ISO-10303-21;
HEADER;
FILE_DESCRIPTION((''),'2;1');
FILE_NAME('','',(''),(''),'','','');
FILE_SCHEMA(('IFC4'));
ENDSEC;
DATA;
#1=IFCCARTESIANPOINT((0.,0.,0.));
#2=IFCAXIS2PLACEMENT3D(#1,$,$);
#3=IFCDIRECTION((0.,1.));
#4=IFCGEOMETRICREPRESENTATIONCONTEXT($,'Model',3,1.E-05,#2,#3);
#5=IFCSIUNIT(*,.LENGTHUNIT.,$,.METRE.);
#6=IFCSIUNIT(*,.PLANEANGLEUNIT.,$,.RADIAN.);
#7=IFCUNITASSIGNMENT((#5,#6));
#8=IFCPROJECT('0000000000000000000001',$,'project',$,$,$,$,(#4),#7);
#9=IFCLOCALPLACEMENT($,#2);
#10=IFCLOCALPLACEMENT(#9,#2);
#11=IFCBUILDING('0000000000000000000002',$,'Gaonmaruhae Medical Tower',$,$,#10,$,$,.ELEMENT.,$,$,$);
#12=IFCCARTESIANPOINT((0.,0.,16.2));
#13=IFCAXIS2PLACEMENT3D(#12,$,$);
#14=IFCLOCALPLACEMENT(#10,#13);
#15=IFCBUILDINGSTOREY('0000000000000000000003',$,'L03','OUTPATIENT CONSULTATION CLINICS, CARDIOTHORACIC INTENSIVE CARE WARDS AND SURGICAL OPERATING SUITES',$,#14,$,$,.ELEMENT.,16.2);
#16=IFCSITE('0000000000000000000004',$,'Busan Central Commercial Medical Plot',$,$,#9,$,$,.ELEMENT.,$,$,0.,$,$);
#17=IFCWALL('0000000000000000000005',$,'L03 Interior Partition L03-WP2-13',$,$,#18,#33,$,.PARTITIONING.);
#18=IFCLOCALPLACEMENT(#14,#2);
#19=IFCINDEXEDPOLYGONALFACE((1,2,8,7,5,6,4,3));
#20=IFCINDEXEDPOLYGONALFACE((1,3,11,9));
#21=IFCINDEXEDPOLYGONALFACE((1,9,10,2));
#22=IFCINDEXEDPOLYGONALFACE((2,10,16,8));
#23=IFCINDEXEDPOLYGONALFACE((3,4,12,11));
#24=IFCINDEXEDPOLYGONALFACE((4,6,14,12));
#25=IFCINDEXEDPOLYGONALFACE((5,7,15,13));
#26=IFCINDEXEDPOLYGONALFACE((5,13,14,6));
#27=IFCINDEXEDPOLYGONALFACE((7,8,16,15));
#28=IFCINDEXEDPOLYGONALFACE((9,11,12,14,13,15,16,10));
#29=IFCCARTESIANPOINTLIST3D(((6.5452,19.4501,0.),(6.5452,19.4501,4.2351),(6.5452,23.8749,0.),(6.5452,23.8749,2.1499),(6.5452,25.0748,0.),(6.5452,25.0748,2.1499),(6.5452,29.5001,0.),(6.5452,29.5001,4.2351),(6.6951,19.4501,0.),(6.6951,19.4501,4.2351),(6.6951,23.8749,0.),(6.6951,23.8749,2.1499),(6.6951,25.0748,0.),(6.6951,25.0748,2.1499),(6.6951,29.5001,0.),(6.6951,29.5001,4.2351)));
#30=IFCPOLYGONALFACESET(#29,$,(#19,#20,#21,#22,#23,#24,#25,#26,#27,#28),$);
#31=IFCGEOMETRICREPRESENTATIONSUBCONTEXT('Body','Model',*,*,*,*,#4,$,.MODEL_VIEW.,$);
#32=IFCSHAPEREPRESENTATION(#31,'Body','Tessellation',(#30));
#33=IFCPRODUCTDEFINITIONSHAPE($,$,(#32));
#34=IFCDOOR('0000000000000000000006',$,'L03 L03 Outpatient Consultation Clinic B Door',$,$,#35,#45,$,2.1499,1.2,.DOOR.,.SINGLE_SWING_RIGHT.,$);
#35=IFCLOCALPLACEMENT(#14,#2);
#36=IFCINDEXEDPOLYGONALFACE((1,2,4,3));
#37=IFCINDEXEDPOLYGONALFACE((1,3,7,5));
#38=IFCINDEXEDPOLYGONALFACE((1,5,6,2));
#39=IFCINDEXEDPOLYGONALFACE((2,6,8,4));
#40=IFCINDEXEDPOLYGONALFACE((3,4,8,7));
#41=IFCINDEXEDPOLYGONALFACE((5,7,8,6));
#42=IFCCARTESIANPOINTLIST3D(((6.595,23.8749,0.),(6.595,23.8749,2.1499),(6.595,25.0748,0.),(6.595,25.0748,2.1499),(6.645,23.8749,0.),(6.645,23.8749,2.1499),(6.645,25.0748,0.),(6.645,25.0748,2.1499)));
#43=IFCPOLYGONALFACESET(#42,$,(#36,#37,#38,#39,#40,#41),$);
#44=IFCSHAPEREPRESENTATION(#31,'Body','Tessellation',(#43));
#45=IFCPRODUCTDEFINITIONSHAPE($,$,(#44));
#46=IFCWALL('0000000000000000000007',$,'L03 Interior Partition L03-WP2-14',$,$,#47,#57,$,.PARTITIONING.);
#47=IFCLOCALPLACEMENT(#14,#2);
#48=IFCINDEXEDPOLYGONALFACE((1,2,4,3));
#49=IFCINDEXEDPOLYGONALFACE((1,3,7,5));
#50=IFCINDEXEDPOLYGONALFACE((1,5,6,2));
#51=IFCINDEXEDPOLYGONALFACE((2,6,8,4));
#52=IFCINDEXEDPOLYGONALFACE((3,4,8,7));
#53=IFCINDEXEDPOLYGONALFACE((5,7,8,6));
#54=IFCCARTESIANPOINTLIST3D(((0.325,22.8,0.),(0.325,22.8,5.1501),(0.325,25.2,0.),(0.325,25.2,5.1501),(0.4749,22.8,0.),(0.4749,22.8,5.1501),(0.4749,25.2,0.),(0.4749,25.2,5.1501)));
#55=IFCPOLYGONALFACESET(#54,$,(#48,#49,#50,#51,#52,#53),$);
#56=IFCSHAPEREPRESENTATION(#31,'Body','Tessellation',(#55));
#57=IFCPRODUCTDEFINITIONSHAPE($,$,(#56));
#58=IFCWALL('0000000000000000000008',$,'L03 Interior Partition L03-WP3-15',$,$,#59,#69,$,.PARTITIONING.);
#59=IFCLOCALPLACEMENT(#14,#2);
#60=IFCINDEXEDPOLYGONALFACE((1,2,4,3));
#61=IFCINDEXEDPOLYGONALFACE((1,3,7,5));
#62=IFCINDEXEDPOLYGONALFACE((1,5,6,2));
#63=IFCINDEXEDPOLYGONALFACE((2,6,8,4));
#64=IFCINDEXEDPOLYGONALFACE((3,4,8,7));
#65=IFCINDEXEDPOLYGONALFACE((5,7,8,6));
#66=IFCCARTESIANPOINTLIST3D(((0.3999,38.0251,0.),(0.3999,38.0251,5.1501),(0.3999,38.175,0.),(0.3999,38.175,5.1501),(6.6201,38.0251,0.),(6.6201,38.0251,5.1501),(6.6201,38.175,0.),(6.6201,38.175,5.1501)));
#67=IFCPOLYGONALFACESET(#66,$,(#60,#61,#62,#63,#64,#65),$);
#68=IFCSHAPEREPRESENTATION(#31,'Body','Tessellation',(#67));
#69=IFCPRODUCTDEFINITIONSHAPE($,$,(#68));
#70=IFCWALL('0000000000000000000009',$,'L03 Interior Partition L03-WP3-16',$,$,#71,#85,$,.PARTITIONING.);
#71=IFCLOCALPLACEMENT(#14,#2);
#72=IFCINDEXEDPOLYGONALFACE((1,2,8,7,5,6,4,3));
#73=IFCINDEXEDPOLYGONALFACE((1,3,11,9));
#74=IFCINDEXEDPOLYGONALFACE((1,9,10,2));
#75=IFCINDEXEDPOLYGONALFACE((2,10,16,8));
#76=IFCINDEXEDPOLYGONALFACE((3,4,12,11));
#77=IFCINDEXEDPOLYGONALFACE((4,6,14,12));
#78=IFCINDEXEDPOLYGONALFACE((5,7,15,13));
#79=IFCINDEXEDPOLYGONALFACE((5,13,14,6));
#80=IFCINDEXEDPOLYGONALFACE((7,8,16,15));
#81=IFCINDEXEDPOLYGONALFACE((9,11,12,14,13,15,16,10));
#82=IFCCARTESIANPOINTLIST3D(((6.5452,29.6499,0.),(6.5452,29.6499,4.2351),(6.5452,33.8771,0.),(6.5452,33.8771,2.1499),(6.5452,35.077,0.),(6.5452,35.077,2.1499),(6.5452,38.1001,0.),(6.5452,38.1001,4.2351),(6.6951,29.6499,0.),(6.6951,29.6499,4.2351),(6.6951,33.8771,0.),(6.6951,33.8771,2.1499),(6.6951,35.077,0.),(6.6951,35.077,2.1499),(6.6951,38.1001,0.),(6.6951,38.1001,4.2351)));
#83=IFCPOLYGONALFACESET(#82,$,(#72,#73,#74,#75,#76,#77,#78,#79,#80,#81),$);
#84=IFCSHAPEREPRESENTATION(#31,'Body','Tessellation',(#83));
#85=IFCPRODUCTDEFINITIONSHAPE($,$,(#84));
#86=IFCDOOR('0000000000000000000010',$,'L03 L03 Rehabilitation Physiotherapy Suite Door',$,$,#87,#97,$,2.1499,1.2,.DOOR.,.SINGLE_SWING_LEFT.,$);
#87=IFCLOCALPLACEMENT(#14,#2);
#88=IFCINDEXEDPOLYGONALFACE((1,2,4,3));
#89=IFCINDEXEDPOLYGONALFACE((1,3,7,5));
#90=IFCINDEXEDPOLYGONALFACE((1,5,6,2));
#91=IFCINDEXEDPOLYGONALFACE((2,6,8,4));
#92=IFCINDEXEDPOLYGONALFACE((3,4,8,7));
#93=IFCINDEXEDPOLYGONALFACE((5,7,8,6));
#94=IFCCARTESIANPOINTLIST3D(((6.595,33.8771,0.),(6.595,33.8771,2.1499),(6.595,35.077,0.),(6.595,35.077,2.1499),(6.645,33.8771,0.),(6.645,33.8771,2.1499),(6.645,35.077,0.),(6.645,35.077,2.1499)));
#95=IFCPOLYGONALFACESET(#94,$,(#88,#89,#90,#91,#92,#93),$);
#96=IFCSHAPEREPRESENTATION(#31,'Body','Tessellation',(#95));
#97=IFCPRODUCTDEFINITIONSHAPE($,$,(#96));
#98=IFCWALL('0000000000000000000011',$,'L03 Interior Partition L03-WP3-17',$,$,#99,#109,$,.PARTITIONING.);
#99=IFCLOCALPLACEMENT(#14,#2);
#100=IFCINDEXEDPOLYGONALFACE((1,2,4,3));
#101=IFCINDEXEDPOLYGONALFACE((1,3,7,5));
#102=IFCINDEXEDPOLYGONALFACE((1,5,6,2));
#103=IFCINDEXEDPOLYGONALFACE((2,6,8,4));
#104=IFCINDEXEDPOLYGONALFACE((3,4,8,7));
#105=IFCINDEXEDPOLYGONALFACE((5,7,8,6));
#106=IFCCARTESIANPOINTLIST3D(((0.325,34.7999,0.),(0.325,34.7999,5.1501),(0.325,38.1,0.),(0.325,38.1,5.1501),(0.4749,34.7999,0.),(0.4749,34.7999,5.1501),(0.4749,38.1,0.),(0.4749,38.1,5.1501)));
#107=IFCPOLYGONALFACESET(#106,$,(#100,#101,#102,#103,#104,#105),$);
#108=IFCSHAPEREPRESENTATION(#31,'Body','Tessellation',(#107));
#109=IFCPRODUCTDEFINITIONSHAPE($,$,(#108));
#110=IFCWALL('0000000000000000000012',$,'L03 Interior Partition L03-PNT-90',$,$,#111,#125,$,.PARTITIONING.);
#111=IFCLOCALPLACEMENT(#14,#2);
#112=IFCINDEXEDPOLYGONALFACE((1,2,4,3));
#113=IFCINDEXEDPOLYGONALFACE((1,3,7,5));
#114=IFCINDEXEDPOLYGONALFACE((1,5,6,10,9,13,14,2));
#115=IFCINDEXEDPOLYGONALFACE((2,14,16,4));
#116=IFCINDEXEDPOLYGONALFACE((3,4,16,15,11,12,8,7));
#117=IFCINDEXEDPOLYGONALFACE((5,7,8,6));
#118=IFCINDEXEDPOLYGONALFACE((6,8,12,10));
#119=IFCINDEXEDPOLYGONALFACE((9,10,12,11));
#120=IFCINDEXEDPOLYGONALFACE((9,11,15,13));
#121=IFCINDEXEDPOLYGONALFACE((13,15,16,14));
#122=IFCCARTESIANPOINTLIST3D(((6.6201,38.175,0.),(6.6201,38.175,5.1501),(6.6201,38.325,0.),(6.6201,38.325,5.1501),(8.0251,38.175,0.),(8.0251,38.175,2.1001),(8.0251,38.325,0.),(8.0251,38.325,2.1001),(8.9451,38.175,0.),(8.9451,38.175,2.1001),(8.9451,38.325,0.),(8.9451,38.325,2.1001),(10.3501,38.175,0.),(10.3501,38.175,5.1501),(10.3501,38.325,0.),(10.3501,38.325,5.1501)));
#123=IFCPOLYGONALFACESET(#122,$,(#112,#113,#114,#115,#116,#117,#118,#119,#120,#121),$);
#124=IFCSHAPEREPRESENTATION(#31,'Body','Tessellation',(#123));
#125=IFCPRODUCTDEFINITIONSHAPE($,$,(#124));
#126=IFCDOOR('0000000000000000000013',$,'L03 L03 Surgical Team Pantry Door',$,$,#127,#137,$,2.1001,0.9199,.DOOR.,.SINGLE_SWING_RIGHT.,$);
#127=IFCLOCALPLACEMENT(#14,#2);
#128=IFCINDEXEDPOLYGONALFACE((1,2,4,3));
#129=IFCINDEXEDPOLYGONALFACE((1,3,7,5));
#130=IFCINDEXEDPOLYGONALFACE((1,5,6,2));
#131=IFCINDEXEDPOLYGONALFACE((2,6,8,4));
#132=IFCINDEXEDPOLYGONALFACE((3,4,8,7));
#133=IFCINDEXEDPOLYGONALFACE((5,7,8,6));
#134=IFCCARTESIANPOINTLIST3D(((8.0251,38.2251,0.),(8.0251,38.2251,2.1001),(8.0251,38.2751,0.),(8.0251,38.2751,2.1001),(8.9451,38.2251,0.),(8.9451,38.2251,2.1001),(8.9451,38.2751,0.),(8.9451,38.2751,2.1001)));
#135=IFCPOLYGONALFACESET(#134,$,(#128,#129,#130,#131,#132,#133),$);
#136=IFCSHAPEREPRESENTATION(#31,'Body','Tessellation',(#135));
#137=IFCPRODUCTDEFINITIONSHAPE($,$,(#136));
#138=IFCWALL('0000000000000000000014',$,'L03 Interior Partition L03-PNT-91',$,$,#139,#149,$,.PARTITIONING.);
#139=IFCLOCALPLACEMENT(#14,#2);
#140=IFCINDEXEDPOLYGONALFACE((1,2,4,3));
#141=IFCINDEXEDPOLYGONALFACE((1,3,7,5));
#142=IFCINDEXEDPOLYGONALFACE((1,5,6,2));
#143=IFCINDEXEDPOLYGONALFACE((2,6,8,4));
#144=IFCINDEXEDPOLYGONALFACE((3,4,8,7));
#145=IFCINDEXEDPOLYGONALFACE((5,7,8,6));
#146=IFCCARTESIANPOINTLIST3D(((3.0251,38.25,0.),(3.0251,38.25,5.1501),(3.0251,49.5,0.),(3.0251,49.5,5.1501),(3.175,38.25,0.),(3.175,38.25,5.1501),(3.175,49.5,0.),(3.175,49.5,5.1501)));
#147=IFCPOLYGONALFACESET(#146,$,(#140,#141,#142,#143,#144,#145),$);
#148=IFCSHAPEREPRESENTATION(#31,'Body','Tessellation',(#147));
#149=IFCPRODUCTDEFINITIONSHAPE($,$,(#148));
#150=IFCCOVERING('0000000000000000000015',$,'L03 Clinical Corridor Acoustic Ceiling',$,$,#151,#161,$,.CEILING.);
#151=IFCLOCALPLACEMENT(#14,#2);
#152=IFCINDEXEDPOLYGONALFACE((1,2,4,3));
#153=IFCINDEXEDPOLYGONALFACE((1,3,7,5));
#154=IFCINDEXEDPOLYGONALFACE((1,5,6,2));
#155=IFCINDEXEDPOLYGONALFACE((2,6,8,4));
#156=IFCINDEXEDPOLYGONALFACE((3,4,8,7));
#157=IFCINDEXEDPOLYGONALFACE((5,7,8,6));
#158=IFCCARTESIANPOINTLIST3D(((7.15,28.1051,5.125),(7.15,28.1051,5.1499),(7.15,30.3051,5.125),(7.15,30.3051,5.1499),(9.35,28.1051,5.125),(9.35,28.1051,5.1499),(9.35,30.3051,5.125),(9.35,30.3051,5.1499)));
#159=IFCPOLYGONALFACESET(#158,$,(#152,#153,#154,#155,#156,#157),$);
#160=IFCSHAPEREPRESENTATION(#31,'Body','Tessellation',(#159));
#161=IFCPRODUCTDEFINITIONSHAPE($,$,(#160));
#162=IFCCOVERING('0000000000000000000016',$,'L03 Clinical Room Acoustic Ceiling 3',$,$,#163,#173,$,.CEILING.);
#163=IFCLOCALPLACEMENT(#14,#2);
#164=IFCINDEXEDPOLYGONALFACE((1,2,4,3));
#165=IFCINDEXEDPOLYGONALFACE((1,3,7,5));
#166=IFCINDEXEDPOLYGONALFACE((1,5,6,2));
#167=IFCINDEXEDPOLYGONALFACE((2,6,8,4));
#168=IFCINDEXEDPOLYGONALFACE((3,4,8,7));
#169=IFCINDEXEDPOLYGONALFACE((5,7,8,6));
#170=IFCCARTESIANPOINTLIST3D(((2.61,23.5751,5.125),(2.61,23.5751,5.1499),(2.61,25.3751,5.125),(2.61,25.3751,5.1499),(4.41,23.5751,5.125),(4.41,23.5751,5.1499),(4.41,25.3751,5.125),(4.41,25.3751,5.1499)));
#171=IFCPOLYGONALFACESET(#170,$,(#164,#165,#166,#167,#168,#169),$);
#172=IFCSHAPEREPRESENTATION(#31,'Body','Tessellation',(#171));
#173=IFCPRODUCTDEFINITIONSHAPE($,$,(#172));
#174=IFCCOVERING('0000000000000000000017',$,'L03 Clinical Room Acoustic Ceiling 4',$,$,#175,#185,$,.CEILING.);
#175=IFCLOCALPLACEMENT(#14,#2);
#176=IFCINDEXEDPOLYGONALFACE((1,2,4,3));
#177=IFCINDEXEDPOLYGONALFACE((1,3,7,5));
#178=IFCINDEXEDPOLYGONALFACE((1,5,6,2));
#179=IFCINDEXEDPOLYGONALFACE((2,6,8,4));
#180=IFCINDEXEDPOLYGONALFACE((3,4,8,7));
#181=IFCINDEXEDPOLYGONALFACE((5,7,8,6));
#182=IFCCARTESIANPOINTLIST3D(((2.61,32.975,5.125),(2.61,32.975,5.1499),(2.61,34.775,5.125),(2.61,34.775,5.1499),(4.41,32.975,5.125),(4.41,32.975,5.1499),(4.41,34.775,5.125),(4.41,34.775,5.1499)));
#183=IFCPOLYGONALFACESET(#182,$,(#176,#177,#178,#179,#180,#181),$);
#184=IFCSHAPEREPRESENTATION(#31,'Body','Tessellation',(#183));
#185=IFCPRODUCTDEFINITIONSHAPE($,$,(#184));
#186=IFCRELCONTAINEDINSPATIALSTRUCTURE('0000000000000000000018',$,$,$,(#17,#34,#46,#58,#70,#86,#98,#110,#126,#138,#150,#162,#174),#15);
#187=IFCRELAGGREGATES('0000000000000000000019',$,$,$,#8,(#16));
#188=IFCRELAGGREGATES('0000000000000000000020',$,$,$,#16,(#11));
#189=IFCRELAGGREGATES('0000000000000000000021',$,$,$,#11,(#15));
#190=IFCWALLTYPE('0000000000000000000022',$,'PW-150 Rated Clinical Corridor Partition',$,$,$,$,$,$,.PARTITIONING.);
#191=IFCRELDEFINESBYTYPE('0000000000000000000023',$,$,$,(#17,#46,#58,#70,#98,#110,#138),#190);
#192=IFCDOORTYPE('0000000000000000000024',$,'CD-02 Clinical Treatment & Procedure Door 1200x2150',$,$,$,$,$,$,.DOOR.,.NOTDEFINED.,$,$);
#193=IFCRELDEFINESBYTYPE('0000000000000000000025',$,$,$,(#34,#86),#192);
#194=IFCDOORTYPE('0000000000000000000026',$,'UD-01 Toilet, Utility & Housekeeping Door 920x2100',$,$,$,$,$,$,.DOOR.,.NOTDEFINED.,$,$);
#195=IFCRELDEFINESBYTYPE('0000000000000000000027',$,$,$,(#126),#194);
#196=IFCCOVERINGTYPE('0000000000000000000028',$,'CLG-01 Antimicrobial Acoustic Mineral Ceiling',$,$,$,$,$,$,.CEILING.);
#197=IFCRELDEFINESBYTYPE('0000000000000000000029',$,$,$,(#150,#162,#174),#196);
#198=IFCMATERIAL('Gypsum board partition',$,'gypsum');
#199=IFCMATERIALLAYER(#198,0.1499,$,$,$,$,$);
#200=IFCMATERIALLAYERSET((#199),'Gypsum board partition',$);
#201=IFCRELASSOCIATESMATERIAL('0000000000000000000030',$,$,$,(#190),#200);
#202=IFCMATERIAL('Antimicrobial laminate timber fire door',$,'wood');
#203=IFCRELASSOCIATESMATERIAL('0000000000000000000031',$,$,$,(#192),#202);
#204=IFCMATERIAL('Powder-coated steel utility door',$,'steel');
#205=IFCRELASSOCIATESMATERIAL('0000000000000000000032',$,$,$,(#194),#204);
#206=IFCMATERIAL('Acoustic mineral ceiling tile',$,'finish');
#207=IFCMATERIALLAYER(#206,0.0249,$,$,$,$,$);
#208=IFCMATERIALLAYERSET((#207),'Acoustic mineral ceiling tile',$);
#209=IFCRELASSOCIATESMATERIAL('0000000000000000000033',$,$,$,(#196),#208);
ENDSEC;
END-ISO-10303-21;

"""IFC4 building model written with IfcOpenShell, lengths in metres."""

from ifc_helpers import new_model, si_unit, direction, frame, frame_2d, origin, origin_2d, place, context, subcontext, project, spatial, rectangle, extrude, material, layer, layer_set, type_object, element, fill, save


model = new_model("IFC4")

# Units and contexts
model_context = context("Model", 3, precision=1e-05, world=origin(), true_north=direction((0.0, 1.0)))
body_context = subcontext(model_context, "Body", "Model", "MODEL_VIEW")
ifc_project = project(units=[si_unit("LENGTHUNIT", "METRE"), si_unit("PLANEANGLEUNIT", "RADIAN")], contexts=[model_context])

# Site, building, storey
site_placement = place(None, origin())
site = spatial("IfcSite", under=ifc_project, at=site_placement, Name="Busan Central Commercial Medical Plot", CompositionType="ELEMENT", RefElevation=0.0)
building_placement = place(site_placement, origin())
building = spatial("IfcBuilding", under=site, at=building_placement, Name="Gaonmaruhae Medical Tower", CompositionType="ELEMENT")
storey_placement = place(building_placement, frame((0.0, 0.0, 16.2)))
storey = spatial("IfcBuildingStorey", under=building, at=storey_placement, Name="L03", Description="OUTPATIENT CONSULTATION CLINICS, CARDIOTHORACIC INTENSIVE CARE WARDS AND SURGICAL OPERATING SUITES", CompositionType="ELEMENT", Elevation=16.2)

# Shared definitions
ifc_material_1 = material(Name="Gypsum board partition", Category="gypsum")
ifc_layer_1 = layer(ifc_material_1, 0.1499)
ifc_layer_set_1 = layer_set([ifc_layer_1], Name="Gypsum board partition")
wall_type_1 = type_object("IfcWallType", Name="PW-150 Rated Clinical Corridor Partition", PredefinedType="PARTITIONING", material=ifc_layer_set_1)

# Shared definitions
ifc_material_2 = material(Name="Antimicrobial laminate timber fire door", Category="wood")
door_type_1 = type_object("IfcDoorType", Name="CD-02 Clinical Treatment & Procedure Door 1200x2150", OperationType="NOTDEFINED", PredefinedType="DOOR", material=ifc_material_2)

# Wall, opening, door
wall_1_placement = place(storey_placement, frame((6.6201, 29.5, 0.0), z_axis=(0.0, 0.0, 1.0), x_axis=(0.0, -1.0, 0.0)))
wall_1 = element("IfcWall", 1, at=wall_1_placement, inside=storey, type_object=wall_type_1, Name="L03 Interior Partition L03-WP2-13", PredefinedType="PARTITIONING", context=body_context, shape_type="SweptSolid", body=[
    extrude(rectangle(XDim=10.05, YDim=0.1499, at=frame_2d((5.0249, 0.0))), origin(), (0.0, 0.0, 1.0), 4.2351),
])
opening_1_placement = place(wall_1_placement, frame((4.425, 0.0, 0.0)))
opening_1 = element("IfcOpeningElement", 2, at=opening_1_placement, cuts=wall_1, PredefinedType="OPENING", context=body_context, shape_type="SweptSolid", body=[
    extrude(rectangle(XDim=1.2, YDim=2.1499, at=frame_2d((0.6001, 1.075))), frame((0.0, 0.085, 0.0), z_axis=(0.0, -1.0, 0.0), x_axis=(1.0, 0.0, 0.0)), (0.0, 0.0, 1.0), 0.1699),
])
door_1_placement = place(opening_1_placement, origin())
door_1 = element("IfcDoor", 3, at=door_1_placement, inside=storey, type_object=door_type_1, Name="L03 L03 Outpatient Consultation Clinic B Door", OperationType="SINGLE_SWING_RIGHT", OverallHeight=2.1499, OverallWidth=1.2, PredefinedType="DOOR", context=body_context, shape_type="SweptSolid", body=[
    extrude(rectangle(XDim=1.2, YDim=2.1499, at=frame_2d((0.6001, 1.075))), frame((0.0, 0.0249, 0.0), z_axis=(0.0, -1.0, 0.0), x_axis=(1.0, 0.0, 0.0)), (0.0, 0.0, 1.0), 0.05),
])
fill(opening_1, door_1)

# Walls
wall_2_placement = place(storey_placement, frame((0.3999, 22.8, 0.0), z_axis=(0.0, 0.0, 1.0), x_axis=(0.0, 1.0, 0.0)))
element("IfcWall", 4, at=wall_2_placement, inside=storey, type_object=wall_type_1, Name="L03 Interior Partition L03-WP2-14", PredefinedType="PARTITIONING", context=body_context, shape_type="SweptSolid", body=[
    extrude(rectangle(XDim=2.3999, YDim=0.1499, at=frame_2d((1.2, 0.0))), origin(), (0.0, 0.0, 1.0), 5.1501),
])
wall_3_placement = place(storey_placement, frame((0.3999, 38.1001, 0.0), z_axis=(0.0, 0.0, 1.0), x_axis=(1.0, 0.0, 0.0)))
element("IfcWall", 5, at=wall_3_placement, inside=storey, type_object=wall_type_1, Name="L03 Interior Partition L03-WP3-15", PredefinedType="PARTITIONING", context=body_context, shape_type="SweptSolid", body=[
    extrude(rectangle(XDim=6.2202, YDim=0.1499, at=frame_2d((3.1101, 0.0))), origin(), (0.0, 0.0, 1.0), 5.1501),
])

# Wall, opening, door
wall_4_placement = place(storey_placement, frame((6.6201, 38.1001, 0.0), z_axis=(0.0, 0.0, 1.0), x_axis=(0.0, -1.0, 0.0)))
wall_4 = element("IfcWall", 6, at=wall_4_placement, inside=storey, type_object=wall_type_1, Name="L03 Interior Partition L03-WP3-16", PredefinedType="PARTITIONING", context=body_context, shape_type="SweptSolid", body=[
    extrude(rectangle(XDim=8.4502, YDim=0.1499, at=frame_2d((4.2251, 0.0))), origin(), (0.0, 0.0, 1.0), 4.2351),
])
opening_2_placement = place(wall_4_placement, frame((3.0229, 0.0, 0.0)))
opening_2 = element("IfcOpeningElement", 7, at=opening_2_placement, cuts=wall_4, PredefinedType="OPENING", context=body_context, shape_type="SweptSolid", body=[
    extrude(rectangle(XDim=1.2, YDim=2.1499, at=frame_2d((0.6001, 1.075))), frame((0.0, 0.085, 0.0), z_axis=(0.0, -1.0, 0.0), x_axis=(1.0, 0.0, 0.0)), (0.0, 0.0, 1.0), 0.1699),
])
door_2_placement = place(opening_2_placement, origin())
door_2 = element("IfcDoor", 8, at=door_2_placement, inside=storey, type_object=door_type_1, Name="L03 L03 Rehabilitation Physiotherapy Suite Door", OperationType="SINGLE_SWING_LEFT", OverallHeight=2.1499, OverallWidth=1.2, PredefinedType="DOOR", context=body_context, shape_type="SweptSolid", body=[
    extrude(rectangle(XDim=1.2, YDim=2.1499, at=frame_2d((0.6001, 1.075))), frame((0.0, 0.0249, 0.0), z_axis=(0.0, -1.0, 0.0), x_axis=(1.0, 0.0, 0.0)), (0.0, 0.0, 1.0), 0.05),
])
fill(opening_2, door_2)

# Wall
wall_5_placement = place(storey_placement, frame((0.3999, 34.8, 0.0), z_axis=(0.0, 0.0, 1.0), x_axis=(0.0, 1.0, 0.0)))
element("IfcWall", 9, at=wall_5_placement, inside=storey, type_object=wall_type_1, Name="L03 Interior Partition L03-WP3-17", PredefinedType="PARTITIONING", context=body_context, shape_type="SweptSolid", body=[
    extrude(rectangle(XDim=3.3, YDim=0.1499, at=frame_2d((1.6499, 0.0))), origin(), (0.0, 0.0, 1.0), 5.1501),
])

# Wall, opening, door
wall_6_placement = place(storey_placement, frame((10.3501, 38.25, 0.0), z_axis=(0.0, 0.0, 1.0), x_axis=(-1.0, 0.0, 0.0)))
wall_6 = element("IfcWall", 10, at=wall_6_placement, inside=storey, type_object=wall_type_1, Name="L03 Interior Partition L03-PNT-90", PredefinedType="PARTITIONING", context=body_context, shape_type="SweptSolid", body=[
    extrude(rectangle(XDim=3.73, YDim=0.1499, at=frame_2d((1.865, 0.0))), origin(), (0.0, 0.0, 1.0), 5.1501),
])
opening_3_placement = place(wall_6_placement, frame((1.405, 0.0, 0.0)))
opening_3 = element("IfcOpeningElement", 11, at=opening_3_placement, cuts=wall_6, PredefinedType="OPENING", context=body_context, shape_type="SweptSolid", body=[
    extrude(rectangle(XDim=0.9199, YDim=2.1001, at=frame_2d((0.46, 1.05))), frame((0.0, 0.085, 0.0), z_axis=(0.0, -1.0, 0.0), x_axis=(1.0, 0.0, 0.0)), (0.0, 0.0, 1.0), 0.1699),
])
ifc_material_3 = material(Name="Powder-coated steel utility door", Category="steel")
door_type_2 = type_object("IfcDoorType", Name="UD-01 Toilet, Utility & Housekeeping Door 920x2100", OperationType="NOTDEFINED", PredefinedType="DOOR", material=ifc_material_3)
door_3_placement = place(opening_3_placement, origin())
door_3 = element("IfcDoor", 12, at=door_3_placement, inside=storey, type_object=door_type_2, Name="L03 L03 Surgical Team Pantry Door", OperationType="SINGLE_SWING_RIGHT", OverallHeight=2.1001, OverallWidth=0.9199, PredefinedType="DOOR", context=body_context, shape_type="SweptSolid", body=[
    extrude(rectangle(XDim=0.9199, YDim=2.1001, at=frame_2d((0.46, 1.05))), frame((0.0, 0.0249, 0.0), z_axis=(0.0, -1.0, 0.0), x_axis=(1.0, 0.0, 0.0)), (0.0, 0.0, 1.0), 0.05),
])
fill(opening_3, door_3)

# Wall
wall_7_placement = place(storey_placement, frame((3.1001, 38.25, 0.0), z_axis=(0.0, 0.0, 1.0), x_axis=(0.0, 1.0, 0.0)))
element("IfcWall", 13, at=wall_7_placement, inside=storey, type_object=wall_type_1, Name="L03 Interior Partition L03-PNT-91", PredefinedType="PARTITIONING", context=body_context, shape_type="SweptSolid", body=[
    extrude(rectangle(XDim=11.25, YDim=0.1499, at=frame_2d((5.625, 0.0))), origin(), (0.0, 0.0, 1.0), 5.1501),
])

# Coverings
ifc_material_4 = material(Name="Acoustic mineral ceiling tile", Category="finish")
ifc_layer_2 = layer(ifc_material_4, 0.0249)
ifc_layer_set_2 = layer_set([ifc_layer_2], Name="Acoustic mineral ceiling tile")
covering_type_1 = type_object("IfcCoveringType", Name="CLG-01 Antimicrobial Acoustic Mineral Ceiling", PredefinedType="CEILING", material=ifc_layer_set_2)
covering_1_placement = place(storey_placement, frame((8.25, 29.2051, 5.125), z_axis=(0.0, 0.0, 1.0), x_axis=(1.0, 0.0, 0.0)))
element("IfcCovering", 14, at=covering_1_placement, inside=storey, type_object=covering_type_1, Name="L03 Clinical Corridor Acoustic Ceiling", PredefinedType="CEILING", context=body_context, shape_type="SweptSolid", body=[
    extrude(rectangle(XDim=2.2, YDim=2.2, at=origin_2d()), origin(), (0.0, 0.0, 1.0), 0.0249),
])
for number, where, z_axis, x_axis, name in (
    (15, (3.51, 24.4751, 5.125), (0.0, 0.0, 1.0), (1.0, 0.0, 0.0), "L03 Clinical Room Acoustic Ceiling 3"),
    (16, (3.51, 33.875, 5.125), (0.0, 0.0, 1.0), (1.0, 0.0, 0.0), "L03 Clinical Room Acoustic Ceiling 4"),
):
    element("IfcCovering", number, at=place(storey_placement, frame(where, z_axis=z_axis, x_axis=x_axis)), inside=storey, type_object=covering_type_1, Name=name, PredefinedType="CEILING", context=body_context, shape_type="SweptSolid", body=[
        extrude(rectangle(XDim=1.8, YDim=1.8, at=origin_2d()), origin(), (0.0, 0.0, 1.0), 0.0249),
    ])

save(model, "model.ifc")
